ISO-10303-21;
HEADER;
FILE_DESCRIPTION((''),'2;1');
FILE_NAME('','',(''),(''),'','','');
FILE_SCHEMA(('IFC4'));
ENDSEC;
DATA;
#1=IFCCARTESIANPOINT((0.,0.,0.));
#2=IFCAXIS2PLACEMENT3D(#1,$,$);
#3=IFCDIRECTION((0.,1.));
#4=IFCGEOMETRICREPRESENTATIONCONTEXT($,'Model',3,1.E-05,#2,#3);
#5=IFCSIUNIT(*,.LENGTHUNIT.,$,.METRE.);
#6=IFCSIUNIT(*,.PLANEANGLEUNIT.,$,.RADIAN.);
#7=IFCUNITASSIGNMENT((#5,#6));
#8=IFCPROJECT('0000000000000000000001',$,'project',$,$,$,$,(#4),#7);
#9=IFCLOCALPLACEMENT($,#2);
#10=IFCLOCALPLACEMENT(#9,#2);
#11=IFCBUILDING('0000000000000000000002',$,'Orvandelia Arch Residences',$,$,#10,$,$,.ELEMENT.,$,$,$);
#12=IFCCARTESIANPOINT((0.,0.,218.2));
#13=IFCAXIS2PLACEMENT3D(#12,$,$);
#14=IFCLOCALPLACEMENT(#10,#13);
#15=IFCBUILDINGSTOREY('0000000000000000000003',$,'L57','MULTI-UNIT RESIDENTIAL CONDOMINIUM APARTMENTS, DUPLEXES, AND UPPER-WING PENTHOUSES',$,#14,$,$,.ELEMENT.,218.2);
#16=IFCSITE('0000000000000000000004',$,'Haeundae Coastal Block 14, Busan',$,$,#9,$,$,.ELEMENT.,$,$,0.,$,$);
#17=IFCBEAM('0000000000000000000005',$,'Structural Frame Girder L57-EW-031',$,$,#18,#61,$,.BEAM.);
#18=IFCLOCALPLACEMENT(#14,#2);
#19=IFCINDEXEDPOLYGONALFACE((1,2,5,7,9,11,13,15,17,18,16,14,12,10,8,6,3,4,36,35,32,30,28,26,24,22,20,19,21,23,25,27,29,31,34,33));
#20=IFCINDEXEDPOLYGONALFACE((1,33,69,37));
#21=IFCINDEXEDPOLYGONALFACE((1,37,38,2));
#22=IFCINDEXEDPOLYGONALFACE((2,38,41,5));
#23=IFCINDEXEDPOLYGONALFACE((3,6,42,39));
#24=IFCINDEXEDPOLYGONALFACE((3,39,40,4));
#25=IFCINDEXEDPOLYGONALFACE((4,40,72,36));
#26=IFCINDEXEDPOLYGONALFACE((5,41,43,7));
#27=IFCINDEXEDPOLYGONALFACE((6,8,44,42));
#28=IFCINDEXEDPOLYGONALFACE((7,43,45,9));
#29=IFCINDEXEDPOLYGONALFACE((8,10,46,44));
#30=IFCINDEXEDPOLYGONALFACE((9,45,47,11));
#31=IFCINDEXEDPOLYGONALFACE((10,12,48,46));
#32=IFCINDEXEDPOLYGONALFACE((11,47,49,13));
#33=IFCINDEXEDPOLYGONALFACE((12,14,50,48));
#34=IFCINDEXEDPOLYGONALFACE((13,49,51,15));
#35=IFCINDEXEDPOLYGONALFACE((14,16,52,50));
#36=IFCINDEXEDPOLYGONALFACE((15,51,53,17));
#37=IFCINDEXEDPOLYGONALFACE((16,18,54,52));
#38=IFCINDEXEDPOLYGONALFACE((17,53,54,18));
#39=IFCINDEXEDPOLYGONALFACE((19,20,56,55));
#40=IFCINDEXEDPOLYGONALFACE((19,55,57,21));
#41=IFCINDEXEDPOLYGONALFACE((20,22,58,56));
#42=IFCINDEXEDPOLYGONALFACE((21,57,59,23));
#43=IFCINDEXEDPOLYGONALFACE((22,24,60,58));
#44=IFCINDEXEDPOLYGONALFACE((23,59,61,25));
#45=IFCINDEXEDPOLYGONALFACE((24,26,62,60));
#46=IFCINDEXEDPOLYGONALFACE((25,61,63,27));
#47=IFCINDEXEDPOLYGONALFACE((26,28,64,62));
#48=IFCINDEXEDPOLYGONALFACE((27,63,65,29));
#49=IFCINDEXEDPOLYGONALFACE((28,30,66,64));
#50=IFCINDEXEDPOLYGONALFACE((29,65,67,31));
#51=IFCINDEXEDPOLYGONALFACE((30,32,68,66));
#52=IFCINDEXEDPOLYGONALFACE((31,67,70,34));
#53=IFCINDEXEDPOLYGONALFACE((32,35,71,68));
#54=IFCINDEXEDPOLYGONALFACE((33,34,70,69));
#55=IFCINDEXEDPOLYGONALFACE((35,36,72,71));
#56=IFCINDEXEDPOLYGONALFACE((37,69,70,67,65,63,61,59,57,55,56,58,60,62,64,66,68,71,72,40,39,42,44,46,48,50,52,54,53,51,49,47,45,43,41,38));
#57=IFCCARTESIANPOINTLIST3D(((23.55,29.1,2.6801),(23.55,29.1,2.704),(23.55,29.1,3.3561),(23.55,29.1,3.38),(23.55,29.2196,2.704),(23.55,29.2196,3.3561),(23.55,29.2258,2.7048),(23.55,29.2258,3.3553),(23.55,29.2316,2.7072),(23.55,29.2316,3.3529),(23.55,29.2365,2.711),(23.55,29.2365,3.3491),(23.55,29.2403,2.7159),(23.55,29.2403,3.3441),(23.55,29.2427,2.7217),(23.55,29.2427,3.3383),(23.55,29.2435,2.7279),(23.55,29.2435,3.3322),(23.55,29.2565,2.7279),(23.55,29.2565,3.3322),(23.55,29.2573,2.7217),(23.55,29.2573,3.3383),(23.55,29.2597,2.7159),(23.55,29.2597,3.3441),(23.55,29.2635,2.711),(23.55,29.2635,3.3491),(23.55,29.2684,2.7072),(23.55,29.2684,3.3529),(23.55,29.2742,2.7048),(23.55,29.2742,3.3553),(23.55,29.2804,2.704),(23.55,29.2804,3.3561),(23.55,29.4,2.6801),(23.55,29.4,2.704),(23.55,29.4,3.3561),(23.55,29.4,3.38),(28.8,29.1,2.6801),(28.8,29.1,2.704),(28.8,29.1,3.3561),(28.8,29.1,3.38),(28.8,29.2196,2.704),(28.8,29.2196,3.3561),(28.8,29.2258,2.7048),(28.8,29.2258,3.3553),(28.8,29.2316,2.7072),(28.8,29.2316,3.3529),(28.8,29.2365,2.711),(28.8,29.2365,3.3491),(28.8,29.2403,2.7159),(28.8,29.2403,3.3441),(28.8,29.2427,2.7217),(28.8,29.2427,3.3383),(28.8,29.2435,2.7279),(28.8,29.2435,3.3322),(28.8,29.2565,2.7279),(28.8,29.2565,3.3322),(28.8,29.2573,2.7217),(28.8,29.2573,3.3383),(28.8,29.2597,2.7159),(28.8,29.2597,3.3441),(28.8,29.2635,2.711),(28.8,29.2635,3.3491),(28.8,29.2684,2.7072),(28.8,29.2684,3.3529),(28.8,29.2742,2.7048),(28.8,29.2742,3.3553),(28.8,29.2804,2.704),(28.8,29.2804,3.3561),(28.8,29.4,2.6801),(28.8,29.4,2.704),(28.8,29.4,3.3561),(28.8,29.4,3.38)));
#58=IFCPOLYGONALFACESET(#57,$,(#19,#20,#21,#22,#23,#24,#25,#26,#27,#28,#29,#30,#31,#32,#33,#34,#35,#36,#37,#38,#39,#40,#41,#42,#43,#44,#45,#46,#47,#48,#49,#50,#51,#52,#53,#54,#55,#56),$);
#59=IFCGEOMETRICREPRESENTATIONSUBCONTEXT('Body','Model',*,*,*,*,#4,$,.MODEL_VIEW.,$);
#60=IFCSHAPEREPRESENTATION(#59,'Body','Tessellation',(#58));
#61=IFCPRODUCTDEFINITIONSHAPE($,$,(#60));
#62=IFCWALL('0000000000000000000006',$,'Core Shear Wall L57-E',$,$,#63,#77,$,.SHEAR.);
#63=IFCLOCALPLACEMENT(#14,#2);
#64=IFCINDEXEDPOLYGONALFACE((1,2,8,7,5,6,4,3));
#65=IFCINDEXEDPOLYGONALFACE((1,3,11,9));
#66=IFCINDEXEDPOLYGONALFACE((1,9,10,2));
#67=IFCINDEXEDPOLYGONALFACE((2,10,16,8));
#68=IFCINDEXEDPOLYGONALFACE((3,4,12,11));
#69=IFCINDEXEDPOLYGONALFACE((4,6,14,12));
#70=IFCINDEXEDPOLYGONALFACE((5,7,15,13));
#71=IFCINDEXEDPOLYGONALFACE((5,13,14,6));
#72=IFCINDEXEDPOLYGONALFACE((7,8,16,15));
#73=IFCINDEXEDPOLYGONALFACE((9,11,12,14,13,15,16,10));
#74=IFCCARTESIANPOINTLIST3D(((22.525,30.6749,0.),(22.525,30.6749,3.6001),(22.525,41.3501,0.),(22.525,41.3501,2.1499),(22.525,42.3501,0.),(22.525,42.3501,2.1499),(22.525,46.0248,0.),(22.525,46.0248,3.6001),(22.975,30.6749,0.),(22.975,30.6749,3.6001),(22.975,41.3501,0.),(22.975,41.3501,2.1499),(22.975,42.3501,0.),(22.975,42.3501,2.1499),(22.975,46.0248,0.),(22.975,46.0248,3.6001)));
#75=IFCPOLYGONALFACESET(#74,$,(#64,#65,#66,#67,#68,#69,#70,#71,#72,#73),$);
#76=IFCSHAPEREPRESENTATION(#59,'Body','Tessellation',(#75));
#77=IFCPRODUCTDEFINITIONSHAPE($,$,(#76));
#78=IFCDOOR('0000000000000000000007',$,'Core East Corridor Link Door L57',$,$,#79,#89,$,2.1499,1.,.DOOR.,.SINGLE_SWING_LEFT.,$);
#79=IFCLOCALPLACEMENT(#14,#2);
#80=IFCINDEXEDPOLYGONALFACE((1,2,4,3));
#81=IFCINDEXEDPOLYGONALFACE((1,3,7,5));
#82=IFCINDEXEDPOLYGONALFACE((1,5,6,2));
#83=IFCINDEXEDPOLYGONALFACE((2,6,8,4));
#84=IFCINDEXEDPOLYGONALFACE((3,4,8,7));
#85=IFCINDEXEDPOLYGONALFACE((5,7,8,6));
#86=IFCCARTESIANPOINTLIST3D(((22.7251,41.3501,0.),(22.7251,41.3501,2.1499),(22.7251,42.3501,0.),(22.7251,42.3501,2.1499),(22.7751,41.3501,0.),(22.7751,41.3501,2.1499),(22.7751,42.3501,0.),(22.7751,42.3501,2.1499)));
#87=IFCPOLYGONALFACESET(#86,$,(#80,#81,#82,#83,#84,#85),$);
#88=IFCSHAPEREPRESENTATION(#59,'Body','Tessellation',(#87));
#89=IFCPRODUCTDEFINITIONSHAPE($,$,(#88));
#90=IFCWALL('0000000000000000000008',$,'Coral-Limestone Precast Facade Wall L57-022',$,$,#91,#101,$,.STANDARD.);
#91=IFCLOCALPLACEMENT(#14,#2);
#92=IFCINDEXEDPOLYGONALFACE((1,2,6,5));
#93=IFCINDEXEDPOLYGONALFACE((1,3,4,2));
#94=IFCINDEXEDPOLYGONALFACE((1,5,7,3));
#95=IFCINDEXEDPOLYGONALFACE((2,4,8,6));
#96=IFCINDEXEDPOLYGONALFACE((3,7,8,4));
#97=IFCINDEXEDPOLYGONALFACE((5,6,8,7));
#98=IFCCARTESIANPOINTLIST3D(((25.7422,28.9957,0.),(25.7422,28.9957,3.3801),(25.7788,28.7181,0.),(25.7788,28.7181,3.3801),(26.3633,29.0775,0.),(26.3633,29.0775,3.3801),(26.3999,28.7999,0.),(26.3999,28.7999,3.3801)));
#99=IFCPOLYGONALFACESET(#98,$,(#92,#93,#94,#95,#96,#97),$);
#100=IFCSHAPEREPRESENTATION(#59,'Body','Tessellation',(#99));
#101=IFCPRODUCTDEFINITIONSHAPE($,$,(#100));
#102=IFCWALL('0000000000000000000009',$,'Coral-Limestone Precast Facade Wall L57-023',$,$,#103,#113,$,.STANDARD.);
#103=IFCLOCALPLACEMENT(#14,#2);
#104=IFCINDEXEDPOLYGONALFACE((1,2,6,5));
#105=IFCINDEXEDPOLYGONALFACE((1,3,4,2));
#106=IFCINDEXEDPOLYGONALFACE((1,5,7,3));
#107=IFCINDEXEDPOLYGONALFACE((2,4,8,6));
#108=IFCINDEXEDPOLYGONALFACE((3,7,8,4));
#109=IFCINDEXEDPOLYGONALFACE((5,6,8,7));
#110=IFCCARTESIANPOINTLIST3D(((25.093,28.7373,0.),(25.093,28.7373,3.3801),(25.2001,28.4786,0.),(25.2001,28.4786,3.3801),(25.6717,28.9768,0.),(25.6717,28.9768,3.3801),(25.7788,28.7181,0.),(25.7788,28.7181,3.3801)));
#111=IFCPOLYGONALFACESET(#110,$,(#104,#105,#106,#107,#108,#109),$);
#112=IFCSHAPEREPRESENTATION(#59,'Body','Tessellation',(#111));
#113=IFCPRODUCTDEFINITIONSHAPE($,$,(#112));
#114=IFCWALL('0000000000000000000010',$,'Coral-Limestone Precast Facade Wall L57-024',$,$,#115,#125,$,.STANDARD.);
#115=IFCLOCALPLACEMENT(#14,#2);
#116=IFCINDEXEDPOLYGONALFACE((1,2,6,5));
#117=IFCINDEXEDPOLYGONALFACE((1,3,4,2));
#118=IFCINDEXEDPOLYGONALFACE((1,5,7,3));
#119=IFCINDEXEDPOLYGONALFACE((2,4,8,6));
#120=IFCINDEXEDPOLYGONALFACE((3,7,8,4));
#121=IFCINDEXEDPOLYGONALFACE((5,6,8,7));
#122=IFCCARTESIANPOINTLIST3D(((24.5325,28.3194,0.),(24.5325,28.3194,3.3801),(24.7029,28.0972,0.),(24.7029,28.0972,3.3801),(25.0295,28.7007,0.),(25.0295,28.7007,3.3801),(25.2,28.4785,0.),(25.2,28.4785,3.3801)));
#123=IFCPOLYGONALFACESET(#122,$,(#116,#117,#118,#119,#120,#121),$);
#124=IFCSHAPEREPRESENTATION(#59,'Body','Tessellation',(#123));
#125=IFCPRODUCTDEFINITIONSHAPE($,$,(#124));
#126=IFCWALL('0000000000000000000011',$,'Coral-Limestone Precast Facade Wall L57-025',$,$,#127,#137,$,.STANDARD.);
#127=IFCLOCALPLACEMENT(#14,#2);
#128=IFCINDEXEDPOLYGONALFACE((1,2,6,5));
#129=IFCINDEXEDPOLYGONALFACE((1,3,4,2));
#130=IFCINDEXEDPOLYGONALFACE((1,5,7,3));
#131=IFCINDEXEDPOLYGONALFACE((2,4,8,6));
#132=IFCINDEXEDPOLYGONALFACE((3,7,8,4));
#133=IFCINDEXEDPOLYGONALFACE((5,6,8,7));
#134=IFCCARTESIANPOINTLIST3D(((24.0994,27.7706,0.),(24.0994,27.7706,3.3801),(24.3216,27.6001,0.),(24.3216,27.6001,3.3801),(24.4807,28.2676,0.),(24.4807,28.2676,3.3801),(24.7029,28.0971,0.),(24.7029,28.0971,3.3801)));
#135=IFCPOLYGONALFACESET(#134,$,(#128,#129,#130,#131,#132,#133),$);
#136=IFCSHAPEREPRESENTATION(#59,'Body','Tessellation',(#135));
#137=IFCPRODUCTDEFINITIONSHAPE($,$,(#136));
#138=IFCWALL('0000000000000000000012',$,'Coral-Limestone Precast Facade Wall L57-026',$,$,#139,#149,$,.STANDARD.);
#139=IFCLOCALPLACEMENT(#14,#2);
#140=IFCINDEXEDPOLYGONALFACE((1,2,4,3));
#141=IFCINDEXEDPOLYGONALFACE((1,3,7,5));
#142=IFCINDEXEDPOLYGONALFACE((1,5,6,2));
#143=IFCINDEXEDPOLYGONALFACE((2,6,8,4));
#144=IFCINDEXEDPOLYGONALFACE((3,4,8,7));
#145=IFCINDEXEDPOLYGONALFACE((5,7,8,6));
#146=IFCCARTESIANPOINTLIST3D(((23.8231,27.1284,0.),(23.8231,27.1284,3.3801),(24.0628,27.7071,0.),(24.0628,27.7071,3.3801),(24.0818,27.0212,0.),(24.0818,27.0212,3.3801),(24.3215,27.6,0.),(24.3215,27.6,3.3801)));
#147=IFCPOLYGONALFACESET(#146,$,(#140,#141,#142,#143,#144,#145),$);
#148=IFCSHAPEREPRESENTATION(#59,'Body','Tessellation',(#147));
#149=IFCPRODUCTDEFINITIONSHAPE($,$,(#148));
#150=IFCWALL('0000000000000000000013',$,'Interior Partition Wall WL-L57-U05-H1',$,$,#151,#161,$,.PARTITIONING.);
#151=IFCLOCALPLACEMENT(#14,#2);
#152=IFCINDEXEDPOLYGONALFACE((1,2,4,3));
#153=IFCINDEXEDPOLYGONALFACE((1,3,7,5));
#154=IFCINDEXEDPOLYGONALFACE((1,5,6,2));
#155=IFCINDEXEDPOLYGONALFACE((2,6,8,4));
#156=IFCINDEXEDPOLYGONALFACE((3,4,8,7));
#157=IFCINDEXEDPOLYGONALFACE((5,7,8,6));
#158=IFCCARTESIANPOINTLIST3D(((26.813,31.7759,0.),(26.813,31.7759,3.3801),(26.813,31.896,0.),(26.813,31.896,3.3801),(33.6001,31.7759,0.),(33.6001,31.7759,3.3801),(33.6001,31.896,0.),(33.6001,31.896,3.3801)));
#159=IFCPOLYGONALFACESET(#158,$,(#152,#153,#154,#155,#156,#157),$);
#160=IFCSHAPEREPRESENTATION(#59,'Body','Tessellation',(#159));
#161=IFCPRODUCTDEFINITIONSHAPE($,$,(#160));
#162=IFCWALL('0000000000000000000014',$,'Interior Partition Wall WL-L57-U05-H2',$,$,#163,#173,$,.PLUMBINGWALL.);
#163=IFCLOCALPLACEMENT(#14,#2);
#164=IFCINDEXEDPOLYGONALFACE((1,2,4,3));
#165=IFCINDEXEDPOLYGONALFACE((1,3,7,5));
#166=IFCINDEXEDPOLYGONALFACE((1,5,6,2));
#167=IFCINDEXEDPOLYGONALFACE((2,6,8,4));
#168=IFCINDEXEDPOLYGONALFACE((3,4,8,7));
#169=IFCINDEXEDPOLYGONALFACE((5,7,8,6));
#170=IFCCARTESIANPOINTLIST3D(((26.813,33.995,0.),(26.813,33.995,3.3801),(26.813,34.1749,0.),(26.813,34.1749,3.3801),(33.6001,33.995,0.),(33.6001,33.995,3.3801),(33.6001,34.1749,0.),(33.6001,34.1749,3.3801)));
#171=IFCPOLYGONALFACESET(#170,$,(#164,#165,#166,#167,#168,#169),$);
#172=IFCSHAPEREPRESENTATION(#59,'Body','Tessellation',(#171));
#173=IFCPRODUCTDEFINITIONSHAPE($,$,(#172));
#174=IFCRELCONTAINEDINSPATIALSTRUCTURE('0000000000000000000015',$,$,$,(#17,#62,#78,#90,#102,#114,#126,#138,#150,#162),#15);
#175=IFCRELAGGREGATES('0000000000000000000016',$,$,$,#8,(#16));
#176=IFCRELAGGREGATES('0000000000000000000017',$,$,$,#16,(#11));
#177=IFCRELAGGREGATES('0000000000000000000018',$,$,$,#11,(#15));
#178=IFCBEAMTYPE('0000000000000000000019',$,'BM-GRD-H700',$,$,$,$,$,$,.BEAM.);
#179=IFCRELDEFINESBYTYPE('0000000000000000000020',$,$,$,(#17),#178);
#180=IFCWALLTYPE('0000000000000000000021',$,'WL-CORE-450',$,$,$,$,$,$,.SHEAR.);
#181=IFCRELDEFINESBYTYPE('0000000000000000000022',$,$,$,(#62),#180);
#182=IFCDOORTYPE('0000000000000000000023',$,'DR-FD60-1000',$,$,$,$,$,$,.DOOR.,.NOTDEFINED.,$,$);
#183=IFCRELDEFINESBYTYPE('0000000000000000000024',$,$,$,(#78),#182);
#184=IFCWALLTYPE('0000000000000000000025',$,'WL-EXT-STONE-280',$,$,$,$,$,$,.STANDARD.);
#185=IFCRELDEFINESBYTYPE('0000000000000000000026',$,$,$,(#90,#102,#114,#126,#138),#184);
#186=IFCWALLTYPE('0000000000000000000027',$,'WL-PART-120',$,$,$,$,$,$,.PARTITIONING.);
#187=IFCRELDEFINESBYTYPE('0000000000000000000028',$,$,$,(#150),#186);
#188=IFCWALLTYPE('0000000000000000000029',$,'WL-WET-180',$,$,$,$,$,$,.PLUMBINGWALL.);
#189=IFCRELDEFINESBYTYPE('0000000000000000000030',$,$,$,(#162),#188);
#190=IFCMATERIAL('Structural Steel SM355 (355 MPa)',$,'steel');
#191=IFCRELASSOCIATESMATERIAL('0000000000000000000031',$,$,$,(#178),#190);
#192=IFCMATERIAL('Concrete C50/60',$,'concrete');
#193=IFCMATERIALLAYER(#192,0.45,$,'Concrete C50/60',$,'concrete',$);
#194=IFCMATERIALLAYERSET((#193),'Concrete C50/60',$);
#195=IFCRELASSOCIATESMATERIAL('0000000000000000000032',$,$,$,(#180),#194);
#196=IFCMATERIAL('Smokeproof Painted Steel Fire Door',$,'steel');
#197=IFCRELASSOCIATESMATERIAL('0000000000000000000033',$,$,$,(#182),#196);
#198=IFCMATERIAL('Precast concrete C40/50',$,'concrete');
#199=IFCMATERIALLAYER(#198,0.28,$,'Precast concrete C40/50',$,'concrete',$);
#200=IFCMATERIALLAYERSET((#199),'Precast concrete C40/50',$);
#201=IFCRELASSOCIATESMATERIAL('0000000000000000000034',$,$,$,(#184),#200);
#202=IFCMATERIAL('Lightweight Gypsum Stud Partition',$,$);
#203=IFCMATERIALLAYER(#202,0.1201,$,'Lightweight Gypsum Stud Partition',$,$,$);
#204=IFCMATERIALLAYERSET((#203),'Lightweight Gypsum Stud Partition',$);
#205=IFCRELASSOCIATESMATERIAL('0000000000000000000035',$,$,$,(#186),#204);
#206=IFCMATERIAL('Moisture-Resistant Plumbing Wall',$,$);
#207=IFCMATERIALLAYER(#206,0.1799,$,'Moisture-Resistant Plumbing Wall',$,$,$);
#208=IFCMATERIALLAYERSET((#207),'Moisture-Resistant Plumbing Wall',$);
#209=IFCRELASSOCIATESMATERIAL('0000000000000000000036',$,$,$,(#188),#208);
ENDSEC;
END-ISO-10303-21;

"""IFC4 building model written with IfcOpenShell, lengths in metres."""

from ifc_helpers import new_model, si_unit, direction, frame, frame_2d, origin, origin_2d, place, context, subcontext, project, spatial, rectangle, i_section, extrude, material, layer, layer_set, material_profile, profile_set, type_object, element, fill, save


model = new_model("IFC4")

# Units and contexts
model_context = context("Model", 3, precision=1e-05, world=origin(), true_north=direction((0.0, 1.0)))
body_context = subcontext(model_context, "Body", "Model", "MODEL_VIEW")
ifc_project = project(units=[si_unit("LENGTHUNIT", "METRE"), si_unit("PLANEANGLEUNIT", "RADIAN")], contexts=[model_context])

# Site, building, storey
site_placement = place(None, origin())
site = spatial("IfcSite", under=ifc_project, at=site_placement, Name="Haeundae Coastal Block 14, Busan", CompositionType="ELEMENT", RefElevation=0.0)
building_placement = place(site_placement, origin())
building = spatial("IfcBuilding", under=site, at=building_placement, Name="Orvandelia Arch Residences", CompositionType="ELEMENT")
storey_placement = place(building_placement, frame((0.0, 0.0, 218.2)))
storey = spatial("IfcBuildingStorey", under=building, at=storey_placement, Name="L57", Description="MULTI-UNIT RESIDENTIAL CONDOMINIUM APARTMENTS, DUPLEXES, AND UPPER-WING PENTHOUSES", CompositionType="ELEMENT", Elevation=218.2)

# Beam
ifc_material_1 = material(Name="Structural Steel SM355 (355 MPa)", Category="steel")
ifc_material_profile_1 = material_profile(ifc_material_1, i_section(OverallWidth=0.3, OverallDepth=0.7, WebThickness=0.0129, FlangeThickness=0.0239, FilletRadius=0.0239, at=origin_2d()), Name="Structural Steel SM355 (355 MPa)", Category="steel")
ifc_profile_set_1 = profile_set([ifc_material_profile_1], Name="Structural Steel SM355 (355 MPa)")
beam_type = type_object("IfcBeamType", Name="BM-GRD-H700", PredefinedType="BEAM", material=ifc_profile_set_1)
beam_1_placement = place(storey_placement, frame((23.55, 29.25, 3.03), z_axis=(1.0, 0.0, 0.0), x_axis=(0.0, 1.0, 0.0)))
element("IfcBeam", 1, at=beam_1_placement, inside=storey, type_object=beam_type, Name="Structural Frame Girder L57-EW-031", PredefinedType="BEAM", context=body_context, shape_type="SweptSolid", body=[
    extrude(i_section(OverallWidth=0.3, OverallDepth=0.7, WebThickness=0.0129, FlangeThickness=0.0239, FilletRadius=0.0239, at=origin_2d()), origin(), (0.0, 0.0, 1.0), 5.25),
])

# Wall, opening, door
ifc_material_2 = material(Name="Concrete C50/60", Category="concrete")
ifc_layer_1 = layer(ifc_material_2, 0.45, Name="Concrete C50/60", Category="concrete")
ifc_layer_set_1 = layer_set([ifc_layer_1], Name="Concrete C50/60")
wall_type_1 = type_object("IfcWallType", Name="WL-CORE-450", PredefinedType="SHEAR", material=ifc_layer_set_1)
wall_1_placement = place(storey_placement, frame((22.75, 30.675, 0.0), z_axis=(0.0, 0.0, 1.0), x_axis=(0.0, 1.0, 0.0)))
wall_1 = element("IfcWall", 2, at=wall_1_placement, inside=storey, type_object=wall_type_1, Name="Core Shear Wall L57-E", PredefinedType="SHEAR", context=body_context, shape_type="SweptSolid", body=[
    extrude(rectangle(XDim=15.3499, YDim=0.45, at=frame_2d((7.6748, 0.0))), origin(), (0.0, 0.0, 1.0), 3.6001),
])
opening_1_placement = place(wall_1_placement, frame((10.675, 0.0, 0.0)))
opening_1 = element("IfcOpeningElement", 3, at=opening_1_placement, cuts=wall_1, PredefinedType="OPENING", context=body_context, shape_type="SweptSolid", body=[
    extrude(rectangle(XDim=1.0, YDim=2.1499, at=frame_2d((0.5, 1.075))), frame((0.0, 0.2349, 0.0), z_axis=(0.0, -1.0, 0.0), x_axis=(1.0, 0.0, 0.0)), (0.0, 0.0, 1.0), 0.47),
])
ifc_material_3 = material(Name="Smokeproof Painted Steel Fire Door", Category="steel")
door_type_1 = type_object("IfcDoorType", Name="DR-FD60-1000", OperationType="NOTDEFINED", PredefinedType="DOOR", material=ifc_material_3)
door_1_placement = place(opening_1_placement, origin())
door_1 = element("IfcDoor", 4, at=door_1_placement, inside=storey, type_object=door_type_1, Name="Core East Corridor Link Door L57", OperationType="SINGLE_SWING_LEFT", OverallHeight=2.1499, OverallWidth=1.0, PredefinedType="DOOR", context=body_context, shape_type="SweptSolid", body=[
    extrude(rectangle(XDim=1.0, YDim=2.1499, at=frame_2d((0.5, 1.075))), frame((0.0, 0.0249, 0.0), z_axis=(0.0, -1.0, 0.0), x_axis=(1.0, 0.0, 0.0)), (0.0, 0.0, 1.0), 0.05),
])
fill(opening_1, door_1)

# Walls
ifc_material_4 = material(Name="Precast concrete C40/50", Category="concrete")
ifc_layer_2 = layer(ifc_material_4, 0.28, Name="Precast concrete C40/50", Category="concrete")
ifc_layer_set_2 = layer_set([ifc_layer_2], Name="Precast concrete C40/50")
wall_type_2 = type_object("IfcWallType", Name="WL-EXT-STONE-280", PredefinedType="STANDARD", material=ifc_layer_set_2)
wall_2_placement = place(storey_placement, frame((26.3816, 28.9387, 0.0), z_axis=(0.0, 0.0, 1.0), x_axis=(-0.991441, -0.130555, 0.0)))
element("IfcWall", 5, at=wall_2_placement, inside=storey, type_object=wall_type_2, Name="Coral-Limestone Precast Facade Wall L57-022", PredefinedType="STANDARD", context=body_context, shape_type="SweptSolid", body=[
    extrude(rectangle(XDim=0.6265, YDim=0.28, at=frame_2d((0.3132, 0.0))), origin(), (0.0, 0.0, 1.0), 3.3801),
])
wall_3_placement = place(storey_placement, frame((25.7251, 28.8474, 0.0), z_axis=(0.0, 0.0, 1.0), x_axis=(-0.923974, -0.382455, 0.0)))
element("IfcWall", 6, at=wall_3_placement, inside=storey, type_object=wall_type_2, Name="Coral-Limestone Precast Facade Wall L57-023", PredefinedType="STANDARD", context=body_context, shape_type="SweptSolid", body=[
    extrude(rectangle(XDim=0.6262, YDim=0.28, at=frame_2d((0.313, 0.0))), origin(), (0.0, 0.0, 1.0), 3.3801),
])
for number, where, z_axis, x_axis, name in (
    (7, (25.1147, 28.5896, 0.0), (0.0, 0.0, 1.0), (-0.793406, -0.608693, 0.0), "Coral-Limestone Precast Facade Wall L57-024"),
    (8, (24.5918, 28.1824, 0.0), (0.0, 0.0, 1.0), (-0.608693, -0.793406, 0.0), "Coral-Limestone Precast Facade Wall L57-025"),
    (9, (24.1921, 27.6536, 0.0), (0.0, 0.0, 1.0), (-0.38265, -0.923893, 0.0), "Coral-Limestone Precast Facade Wall L57-026"),
):
    element("IfcWall", number, at=place(storey_placement, frame(where, z_axis=z_axis, x_axis=x_axis)), inside=storey, type_object=wall_type_2, Name=name, PredefinedType="STANDARD", context=body_context, shape_type="SweptSolid", body=[
        extrude(rectangle(XDim=0.6265, YDim=0.28, at=frame_2d((0.3132, 0.0))), origin(), (0.0, 0.0, 1.0), 3.3801),
    ])
ifc_material_5 = material(Name="Lightweight Gypsum Stud Partition")
ifc_layer_3 = layer(ifc_material_5, 0.1201, Name="Lightweight Gypsum Stud Partition")
ifc_layer_set_3 = layer_set([ifc_layer_3], Name="Lightweight Gypsum Stud Partition")
wall_type_3 = type_object("IfcWallType", Name="WL-PART-120", PredefinedType="PARTITIONING", material=ifc_layer_set_3)
wall_4_placement = place(storey_placement, frame((26.813, 31.8359, 0.0), z_axis=(0.0, 0.0, 1.0), x_axis=(1.0, 0.0, 0.0)))
element("IfcWall", 10, at=wall_4_placement, inside=storey, type_object=wall_type_3, Name="Interior Partition Wall WL-L57-U05-H1", PredefinedType="PARTITIONING", context=body_context, shape_type="SweptSolid", body=[
    extrude(rectangle(XDim=6.7871, YDim=0.1201, at=frame_2d((3.3936, 0.0))), origin(), (0.0, 0.0, 1.0), 3.3801),
])

# Shared definitions
ifc_material_6 = material(Name="Moisture-Resistant Plumbing Wall")
ifc_layer_4 = layer(ifc_material_6, 0.1799, Name="Moisture-Resistant Plumbing Wall")
ifc_layer_set_4 = layer_set([ifc_layer_4], Name="Moisture-Resistant Plumbing Wall")
wall_type_4 = type_object("IfcWallType", Name="WL-WET-180", PredefinedType="PLUMBINGWALL", material=ifc_layer_set_4)

# Wall
wall_5_placement = place(storey_placement, frame((26.813, 34.085, 0.0), z_axis=(0.0, 0.0, 1.0), x_axis=(1.0, 0.0, 0.0)))
element("IfcWall", 11, at=wall_5_placement, inside=storey, type_object=wall_type_4, Name="Interior Partition Wall WL-L57-U05-H2", PredefinedType="PLUMBINGWALL", context=body_context, shape_type="SweptSolid", body=[
    extrude(rectangle(XDim=6.7871, YDim=0.1799, at=frame_2d((3.3936, 0.0))), origin(), (0.0, 0.0, 1.0), 3.3801),
])

save(model, "model.ifc")
